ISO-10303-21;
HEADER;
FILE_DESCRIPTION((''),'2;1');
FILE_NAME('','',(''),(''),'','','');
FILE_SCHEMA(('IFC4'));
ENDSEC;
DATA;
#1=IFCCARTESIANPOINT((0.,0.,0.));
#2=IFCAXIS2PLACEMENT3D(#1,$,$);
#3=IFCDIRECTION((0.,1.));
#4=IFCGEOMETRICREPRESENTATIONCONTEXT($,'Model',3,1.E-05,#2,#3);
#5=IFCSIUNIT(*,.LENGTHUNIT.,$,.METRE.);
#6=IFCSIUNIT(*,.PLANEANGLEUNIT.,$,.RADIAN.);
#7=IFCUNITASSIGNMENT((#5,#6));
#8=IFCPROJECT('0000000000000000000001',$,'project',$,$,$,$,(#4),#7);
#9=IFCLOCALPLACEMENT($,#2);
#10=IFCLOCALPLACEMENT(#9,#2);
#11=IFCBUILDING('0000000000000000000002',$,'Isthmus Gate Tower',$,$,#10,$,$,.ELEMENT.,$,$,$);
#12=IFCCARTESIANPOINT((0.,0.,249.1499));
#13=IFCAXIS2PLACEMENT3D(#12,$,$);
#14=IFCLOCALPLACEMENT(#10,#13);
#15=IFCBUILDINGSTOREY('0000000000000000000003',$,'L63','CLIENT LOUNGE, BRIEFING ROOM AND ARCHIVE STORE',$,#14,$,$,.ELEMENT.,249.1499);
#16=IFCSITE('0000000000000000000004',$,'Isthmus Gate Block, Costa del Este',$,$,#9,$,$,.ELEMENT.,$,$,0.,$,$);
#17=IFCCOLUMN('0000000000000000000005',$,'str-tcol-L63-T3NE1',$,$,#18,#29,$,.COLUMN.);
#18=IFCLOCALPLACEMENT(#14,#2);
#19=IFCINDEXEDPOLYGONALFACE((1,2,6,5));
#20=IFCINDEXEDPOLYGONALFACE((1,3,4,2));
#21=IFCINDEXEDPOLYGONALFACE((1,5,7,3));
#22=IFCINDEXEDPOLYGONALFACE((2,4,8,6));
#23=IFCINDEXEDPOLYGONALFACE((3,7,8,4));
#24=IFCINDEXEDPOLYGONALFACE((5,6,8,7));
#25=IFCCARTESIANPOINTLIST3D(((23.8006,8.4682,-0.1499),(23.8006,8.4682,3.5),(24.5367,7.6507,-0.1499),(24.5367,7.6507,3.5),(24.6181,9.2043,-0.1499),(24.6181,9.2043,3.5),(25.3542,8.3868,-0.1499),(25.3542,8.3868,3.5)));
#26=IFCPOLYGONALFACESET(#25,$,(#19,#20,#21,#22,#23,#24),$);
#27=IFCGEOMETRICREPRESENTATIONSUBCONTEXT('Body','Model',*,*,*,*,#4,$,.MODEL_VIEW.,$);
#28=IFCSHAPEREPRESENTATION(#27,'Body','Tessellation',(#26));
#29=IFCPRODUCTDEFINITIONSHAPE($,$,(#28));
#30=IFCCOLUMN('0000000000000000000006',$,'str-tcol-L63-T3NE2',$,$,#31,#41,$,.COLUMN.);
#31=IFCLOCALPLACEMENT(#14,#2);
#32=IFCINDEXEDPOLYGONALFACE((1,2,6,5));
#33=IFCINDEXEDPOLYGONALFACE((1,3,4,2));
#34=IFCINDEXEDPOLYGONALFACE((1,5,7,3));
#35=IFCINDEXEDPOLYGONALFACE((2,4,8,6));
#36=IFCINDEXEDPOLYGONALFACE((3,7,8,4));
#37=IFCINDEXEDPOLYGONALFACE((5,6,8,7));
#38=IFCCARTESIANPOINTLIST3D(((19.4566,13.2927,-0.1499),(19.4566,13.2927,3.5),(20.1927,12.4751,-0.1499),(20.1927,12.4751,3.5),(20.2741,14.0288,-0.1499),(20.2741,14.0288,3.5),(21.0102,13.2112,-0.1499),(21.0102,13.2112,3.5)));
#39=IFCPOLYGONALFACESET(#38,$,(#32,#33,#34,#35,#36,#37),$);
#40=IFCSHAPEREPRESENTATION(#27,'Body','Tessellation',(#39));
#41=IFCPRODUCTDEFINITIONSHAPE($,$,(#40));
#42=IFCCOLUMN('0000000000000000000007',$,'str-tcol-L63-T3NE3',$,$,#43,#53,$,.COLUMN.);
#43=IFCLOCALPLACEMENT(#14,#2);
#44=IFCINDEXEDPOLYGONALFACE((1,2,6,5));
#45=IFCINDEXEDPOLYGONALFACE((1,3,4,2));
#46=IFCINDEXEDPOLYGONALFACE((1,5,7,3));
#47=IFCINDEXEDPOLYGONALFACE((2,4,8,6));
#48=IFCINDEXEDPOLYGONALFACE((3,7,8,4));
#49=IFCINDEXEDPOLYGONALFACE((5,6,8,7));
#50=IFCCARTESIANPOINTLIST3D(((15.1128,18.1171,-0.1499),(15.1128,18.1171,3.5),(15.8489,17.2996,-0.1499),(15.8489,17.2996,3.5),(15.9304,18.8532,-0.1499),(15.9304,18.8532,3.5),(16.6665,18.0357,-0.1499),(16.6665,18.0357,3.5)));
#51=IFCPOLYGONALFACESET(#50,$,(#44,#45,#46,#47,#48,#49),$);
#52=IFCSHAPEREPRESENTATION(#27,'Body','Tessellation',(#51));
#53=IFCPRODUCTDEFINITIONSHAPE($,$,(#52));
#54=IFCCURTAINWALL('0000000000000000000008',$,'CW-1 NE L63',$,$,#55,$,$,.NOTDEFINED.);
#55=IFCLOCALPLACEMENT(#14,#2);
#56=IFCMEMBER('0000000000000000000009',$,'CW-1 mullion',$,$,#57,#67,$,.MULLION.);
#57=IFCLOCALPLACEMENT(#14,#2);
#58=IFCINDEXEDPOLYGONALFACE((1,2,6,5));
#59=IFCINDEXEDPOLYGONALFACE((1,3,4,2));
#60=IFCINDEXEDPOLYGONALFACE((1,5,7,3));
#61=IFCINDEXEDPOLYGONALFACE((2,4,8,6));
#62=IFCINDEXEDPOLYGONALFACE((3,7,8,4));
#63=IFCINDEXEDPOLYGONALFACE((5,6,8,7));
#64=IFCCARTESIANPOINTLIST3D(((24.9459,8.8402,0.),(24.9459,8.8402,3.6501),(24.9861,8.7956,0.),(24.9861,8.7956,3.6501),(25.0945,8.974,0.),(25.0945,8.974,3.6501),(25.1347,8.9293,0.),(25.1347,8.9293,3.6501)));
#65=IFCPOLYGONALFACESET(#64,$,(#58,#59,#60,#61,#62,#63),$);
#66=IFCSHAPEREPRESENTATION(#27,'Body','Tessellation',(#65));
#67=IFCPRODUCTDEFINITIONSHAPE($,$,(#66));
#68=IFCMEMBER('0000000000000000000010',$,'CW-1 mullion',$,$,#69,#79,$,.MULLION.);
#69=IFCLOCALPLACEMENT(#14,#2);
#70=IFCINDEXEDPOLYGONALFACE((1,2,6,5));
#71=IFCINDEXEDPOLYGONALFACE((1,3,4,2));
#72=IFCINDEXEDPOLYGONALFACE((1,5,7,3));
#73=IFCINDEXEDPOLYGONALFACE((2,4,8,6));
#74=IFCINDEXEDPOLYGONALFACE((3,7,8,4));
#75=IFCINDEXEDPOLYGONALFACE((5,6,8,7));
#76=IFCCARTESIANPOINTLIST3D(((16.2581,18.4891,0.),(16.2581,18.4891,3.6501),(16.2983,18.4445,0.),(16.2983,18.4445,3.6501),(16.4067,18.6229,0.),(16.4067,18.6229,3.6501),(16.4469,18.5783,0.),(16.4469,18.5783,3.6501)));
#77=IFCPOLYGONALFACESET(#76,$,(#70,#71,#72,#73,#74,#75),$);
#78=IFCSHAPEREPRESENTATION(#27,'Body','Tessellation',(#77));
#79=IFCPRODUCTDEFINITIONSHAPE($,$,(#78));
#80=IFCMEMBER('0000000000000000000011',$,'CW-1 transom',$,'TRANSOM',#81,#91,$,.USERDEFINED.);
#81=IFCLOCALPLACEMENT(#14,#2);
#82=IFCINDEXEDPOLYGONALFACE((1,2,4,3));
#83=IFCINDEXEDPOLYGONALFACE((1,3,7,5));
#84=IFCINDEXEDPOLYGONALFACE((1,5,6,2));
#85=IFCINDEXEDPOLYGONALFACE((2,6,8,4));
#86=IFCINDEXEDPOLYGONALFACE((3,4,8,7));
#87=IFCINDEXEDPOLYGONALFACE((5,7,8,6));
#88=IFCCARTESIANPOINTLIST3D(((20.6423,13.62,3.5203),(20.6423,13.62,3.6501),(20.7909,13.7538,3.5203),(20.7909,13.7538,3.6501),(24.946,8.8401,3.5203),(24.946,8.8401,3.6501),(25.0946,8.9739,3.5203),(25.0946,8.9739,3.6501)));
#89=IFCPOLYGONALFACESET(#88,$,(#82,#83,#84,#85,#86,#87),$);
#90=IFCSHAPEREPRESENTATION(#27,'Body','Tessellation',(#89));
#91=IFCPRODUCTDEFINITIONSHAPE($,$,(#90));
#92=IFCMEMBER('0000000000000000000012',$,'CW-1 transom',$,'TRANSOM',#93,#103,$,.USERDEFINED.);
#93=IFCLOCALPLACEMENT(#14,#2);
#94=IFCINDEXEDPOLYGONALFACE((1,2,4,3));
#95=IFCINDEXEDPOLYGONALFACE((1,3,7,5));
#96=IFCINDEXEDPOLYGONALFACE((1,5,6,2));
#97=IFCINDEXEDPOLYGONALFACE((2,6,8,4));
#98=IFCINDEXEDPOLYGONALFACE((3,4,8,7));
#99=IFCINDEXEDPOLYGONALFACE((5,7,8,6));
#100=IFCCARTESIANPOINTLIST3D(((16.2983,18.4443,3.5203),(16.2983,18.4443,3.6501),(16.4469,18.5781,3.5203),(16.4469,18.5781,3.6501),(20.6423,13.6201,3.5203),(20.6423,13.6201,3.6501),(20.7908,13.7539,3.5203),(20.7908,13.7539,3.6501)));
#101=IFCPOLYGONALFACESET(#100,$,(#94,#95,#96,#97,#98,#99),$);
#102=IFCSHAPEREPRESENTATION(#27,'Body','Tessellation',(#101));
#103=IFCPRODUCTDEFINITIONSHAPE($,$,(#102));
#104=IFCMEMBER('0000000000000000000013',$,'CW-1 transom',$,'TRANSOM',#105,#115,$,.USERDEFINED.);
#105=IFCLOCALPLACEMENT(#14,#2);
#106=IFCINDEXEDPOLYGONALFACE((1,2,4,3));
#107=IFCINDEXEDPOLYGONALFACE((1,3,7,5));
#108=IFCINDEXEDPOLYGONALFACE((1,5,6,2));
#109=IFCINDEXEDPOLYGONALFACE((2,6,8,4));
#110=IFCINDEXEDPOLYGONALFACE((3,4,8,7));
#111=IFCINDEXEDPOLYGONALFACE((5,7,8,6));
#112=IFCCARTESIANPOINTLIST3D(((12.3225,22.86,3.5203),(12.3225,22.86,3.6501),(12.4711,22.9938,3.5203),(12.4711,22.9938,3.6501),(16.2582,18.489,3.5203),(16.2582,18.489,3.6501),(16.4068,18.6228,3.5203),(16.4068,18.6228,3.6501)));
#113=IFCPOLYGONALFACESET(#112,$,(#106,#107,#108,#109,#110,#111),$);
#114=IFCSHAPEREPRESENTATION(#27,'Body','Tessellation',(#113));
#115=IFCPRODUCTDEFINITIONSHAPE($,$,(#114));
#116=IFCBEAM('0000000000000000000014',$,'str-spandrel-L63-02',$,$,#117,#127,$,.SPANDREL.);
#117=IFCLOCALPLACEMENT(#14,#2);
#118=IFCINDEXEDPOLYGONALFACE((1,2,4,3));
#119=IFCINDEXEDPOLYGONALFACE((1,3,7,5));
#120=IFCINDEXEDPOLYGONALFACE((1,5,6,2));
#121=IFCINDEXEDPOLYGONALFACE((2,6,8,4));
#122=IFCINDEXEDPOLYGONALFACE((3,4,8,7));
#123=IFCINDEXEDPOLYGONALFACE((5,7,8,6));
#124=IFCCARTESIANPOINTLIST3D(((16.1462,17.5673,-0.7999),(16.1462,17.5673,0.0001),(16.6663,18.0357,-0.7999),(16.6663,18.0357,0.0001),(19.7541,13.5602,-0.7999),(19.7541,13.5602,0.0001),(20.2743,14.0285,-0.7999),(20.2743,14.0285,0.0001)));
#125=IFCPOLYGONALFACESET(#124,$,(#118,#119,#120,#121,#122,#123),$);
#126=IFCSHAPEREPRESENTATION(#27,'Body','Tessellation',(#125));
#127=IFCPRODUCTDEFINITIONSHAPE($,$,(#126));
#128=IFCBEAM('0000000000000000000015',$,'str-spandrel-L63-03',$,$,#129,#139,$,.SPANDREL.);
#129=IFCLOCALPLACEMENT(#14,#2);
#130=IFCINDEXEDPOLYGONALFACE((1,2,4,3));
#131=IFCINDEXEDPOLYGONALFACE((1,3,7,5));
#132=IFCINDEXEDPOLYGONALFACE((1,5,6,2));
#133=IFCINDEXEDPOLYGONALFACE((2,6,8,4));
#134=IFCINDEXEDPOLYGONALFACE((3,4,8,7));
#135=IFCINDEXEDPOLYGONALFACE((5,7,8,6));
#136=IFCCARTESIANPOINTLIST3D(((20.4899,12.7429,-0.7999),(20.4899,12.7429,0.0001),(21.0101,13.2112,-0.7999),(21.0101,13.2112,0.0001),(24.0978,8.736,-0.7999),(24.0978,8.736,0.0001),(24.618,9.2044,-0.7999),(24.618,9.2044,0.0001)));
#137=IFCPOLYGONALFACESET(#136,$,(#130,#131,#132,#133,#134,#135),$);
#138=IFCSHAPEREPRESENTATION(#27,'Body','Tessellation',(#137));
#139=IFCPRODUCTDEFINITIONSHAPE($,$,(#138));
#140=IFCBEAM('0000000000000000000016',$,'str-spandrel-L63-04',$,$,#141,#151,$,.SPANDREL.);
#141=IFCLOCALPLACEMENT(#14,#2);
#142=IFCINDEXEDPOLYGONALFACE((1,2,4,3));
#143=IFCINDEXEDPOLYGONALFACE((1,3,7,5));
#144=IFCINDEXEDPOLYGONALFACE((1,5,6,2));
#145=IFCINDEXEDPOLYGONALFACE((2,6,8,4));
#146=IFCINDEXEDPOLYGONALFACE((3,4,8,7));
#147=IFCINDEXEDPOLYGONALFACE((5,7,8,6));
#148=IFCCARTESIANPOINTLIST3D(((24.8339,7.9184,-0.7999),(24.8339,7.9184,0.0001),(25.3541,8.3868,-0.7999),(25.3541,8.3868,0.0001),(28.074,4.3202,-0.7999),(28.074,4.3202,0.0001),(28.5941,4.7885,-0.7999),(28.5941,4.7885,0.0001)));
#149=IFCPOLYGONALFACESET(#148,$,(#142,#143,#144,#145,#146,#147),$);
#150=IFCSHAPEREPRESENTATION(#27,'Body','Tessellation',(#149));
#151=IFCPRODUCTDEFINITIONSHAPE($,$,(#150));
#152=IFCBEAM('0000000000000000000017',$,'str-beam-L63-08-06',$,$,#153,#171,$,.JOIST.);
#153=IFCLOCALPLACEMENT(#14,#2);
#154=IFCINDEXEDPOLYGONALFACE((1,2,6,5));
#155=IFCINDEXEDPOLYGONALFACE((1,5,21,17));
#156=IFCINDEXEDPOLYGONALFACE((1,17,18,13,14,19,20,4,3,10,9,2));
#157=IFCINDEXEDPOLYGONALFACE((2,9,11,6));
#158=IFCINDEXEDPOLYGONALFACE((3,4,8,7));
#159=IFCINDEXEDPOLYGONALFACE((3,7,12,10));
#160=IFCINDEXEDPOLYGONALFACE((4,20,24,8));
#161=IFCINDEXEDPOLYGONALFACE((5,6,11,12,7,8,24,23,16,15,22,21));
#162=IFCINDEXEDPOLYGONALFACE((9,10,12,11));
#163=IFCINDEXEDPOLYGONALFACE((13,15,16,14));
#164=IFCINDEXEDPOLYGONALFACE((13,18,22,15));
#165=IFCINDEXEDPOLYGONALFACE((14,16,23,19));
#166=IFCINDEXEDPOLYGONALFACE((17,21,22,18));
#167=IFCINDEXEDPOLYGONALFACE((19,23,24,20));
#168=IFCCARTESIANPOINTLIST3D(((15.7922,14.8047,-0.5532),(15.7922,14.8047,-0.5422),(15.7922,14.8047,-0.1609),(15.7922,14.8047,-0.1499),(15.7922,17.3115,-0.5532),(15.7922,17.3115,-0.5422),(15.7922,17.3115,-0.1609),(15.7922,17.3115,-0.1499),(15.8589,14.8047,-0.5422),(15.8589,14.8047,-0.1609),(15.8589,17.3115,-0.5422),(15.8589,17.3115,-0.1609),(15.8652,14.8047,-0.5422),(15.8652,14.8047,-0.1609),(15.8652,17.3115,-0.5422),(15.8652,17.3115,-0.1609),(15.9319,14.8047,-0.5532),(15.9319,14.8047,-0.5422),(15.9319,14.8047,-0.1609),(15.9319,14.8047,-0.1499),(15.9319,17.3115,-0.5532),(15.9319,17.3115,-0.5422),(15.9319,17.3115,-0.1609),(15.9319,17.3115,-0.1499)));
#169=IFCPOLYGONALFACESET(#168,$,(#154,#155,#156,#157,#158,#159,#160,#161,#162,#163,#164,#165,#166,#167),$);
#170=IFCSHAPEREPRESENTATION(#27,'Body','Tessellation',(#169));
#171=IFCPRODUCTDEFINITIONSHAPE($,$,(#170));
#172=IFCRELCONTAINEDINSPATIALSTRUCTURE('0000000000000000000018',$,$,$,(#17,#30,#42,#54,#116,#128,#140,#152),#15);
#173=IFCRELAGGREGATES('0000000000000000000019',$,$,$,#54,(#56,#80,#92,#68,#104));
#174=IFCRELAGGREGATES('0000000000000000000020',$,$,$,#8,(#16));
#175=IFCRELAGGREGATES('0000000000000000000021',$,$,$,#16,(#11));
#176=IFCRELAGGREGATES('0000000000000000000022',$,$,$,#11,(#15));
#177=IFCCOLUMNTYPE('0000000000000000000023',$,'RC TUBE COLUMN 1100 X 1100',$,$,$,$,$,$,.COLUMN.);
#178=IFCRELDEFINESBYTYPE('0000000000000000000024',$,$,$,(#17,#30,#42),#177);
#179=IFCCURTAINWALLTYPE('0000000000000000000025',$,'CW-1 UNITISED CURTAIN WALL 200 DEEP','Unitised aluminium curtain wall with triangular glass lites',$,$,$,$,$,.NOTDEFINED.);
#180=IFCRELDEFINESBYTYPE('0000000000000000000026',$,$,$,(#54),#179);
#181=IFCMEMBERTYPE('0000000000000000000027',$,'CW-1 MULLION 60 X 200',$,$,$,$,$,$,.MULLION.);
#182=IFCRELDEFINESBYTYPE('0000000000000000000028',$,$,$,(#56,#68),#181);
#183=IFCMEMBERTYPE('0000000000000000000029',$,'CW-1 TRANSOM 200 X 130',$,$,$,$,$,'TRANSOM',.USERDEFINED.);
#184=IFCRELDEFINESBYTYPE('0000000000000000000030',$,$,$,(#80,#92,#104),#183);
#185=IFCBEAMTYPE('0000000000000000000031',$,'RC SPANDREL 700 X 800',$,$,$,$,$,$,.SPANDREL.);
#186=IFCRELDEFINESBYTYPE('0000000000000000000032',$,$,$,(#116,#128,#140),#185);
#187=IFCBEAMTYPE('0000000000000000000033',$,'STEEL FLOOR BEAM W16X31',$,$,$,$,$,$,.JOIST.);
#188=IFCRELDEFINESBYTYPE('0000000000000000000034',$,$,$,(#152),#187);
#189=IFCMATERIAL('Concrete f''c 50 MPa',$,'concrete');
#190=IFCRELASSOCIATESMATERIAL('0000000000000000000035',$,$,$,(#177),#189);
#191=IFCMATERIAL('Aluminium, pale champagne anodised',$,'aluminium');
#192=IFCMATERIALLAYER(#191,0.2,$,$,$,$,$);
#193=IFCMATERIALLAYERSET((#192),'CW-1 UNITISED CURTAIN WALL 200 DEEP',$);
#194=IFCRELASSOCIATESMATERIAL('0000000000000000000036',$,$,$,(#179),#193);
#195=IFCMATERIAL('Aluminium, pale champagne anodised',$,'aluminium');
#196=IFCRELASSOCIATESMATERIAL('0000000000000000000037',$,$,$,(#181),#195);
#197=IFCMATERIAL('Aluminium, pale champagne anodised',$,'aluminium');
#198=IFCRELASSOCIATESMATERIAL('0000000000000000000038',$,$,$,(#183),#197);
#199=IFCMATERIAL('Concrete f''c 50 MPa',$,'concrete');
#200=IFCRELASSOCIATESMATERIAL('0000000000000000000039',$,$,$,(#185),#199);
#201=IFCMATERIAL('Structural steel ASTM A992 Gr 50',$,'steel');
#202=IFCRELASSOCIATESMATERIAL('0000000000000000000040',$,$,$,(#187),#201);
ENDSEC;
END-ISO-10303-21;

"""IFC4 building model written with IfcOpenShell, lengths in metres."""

from ifc_helpers import new_model, si_unit, direction, frame, origin, origin_2d, place, context, subcontext, project, spatial, rectangle, i_section, extrude, material, layer, layer_set, material_profile, profile_set, type_object, element, aggregate, save


model = new_model("IFC4")

# Units and contexts
model_context = context("Model", 3, precision=1e-05, world=origin(), true_north=direction((0.0, 1.0)))
body_context = subcontext(model_context, "Body", "Model", "MODEL_VIEW")
ifc_project = project(units=[si_unit("LENGTHUNIT", "METRE"), si_unit("PLANEANGLEUNIT", "RADIAN")], contexts=[model_context])

# Site, building, storey
site_placement = place(None, origin())
site = spatial("IfcSite", under=ifc_project, at=site_placement, Name="Isthmus Gate Block, Costa del Este", CompositionType="ELEMENT", RefElevation=0.0)
building_placement = place(site_placement, origin())
building = spatial("IfcBuilding", under=site, at=building_placement, Name="Isthmus Gate Tower", CompositionType="ELEMENT")
storey_placement = place(building_placement, frame((0.0, 0.0, 249.1499)))
storey = spatial("IfcBuildingStorey", under=building, at=storey_placement, Name="L63", Description="CLIENT LOUNGE, BRIEFING ROOM AND ARCHIVE STORE", CompositionType="ELEMENT", Elevation=249.1499)

# Columns
ifc_material_1 = material(Name="Concrete f'c 50 MPa", Category="concrete")
ifc_material_profile_1 = material_profile(ifc_material_1, rectangle(XDim=1.1001, YDim=1.1001, at=origin_2d()), Name="RC 1100X1100")
ifc_profile_set_1 = profile_set([ifc_material_profile_1], Name="Concrete f'c 50 MPa")
column_type = type_object("IfcColumnType", Name="RC TUBE COLUMN 1100 X 1100", PredefinedType="COLUMN", material=ifc_profile_set_1)
for number, where, z_axis, x_axis, name in (
    (1, (24.5774, 8.4275, -0.1499), (0.0, 0.0, 1.0), (-0.669131, 0.743145, 0.0), "str-tcol-L63-T3NE1"),
    (2, (20.2334, 13.252, -0.1499), (0.0, 0.0, 1.0), (-0.669131, 0.743145, 0.0), "str-tcol-L63-T3NE2"),
    (3, (15.8896, 18.0764, -0.1499), (0.0, 0.0, 1.0), (-0.669131, 0.743145, 0.0), "str-tcol-L63-T3NE3"),
):
    element("IfcColumn", number, at=place(storey_placement, frame(where, z_axis=z_axis, x_axis=x_axis)), inside=storey, type_object=column_type, Name=name, PredefinedType="COLUMN", context=body_context, shape_type="SweptSolid", body=[
        extrude(rectangle(XDim=1.1001, YDim=1.1001, at=origin_2d()), origin(), (0.0, 0.0, 1.0), 3.6499),
    ])

# Curtain wall, members
ifc_material_2 = material(Name="Aluminium, pale champagne anodised", Category="aluminium")
ifc_layer_1 = layer(ifc_material_2, 0.2)
ifc_layer_set_1 = layer_set([ifc_layer_1], Name="CW-1 UNITISED CURTAIN WALL 200 DEEP")
curtain_wall_type = type_object("IfcCurtainWallType", Name="CW-1 UNITISED CURTAIN WALL 200 DEEP", Description="Unitised aluminium curtain wall with triangular glass lites", PredefinedType="NOTDEFINED", material=ifc_layer_set_1)
curtain_wall_placement = place(storey_placement, origin())
curtain_wall = element("IfcCurtainWall", 4, at=curtain_wall_placement, inside=storey, type_object=curtain_wall_type, Name="CW-1 NE L63", PredefinedType="NOTDEFINED")
ifc_material_3 = material(Name="Aluminium, pale champagne anodised", Category="aluminium")
ifc_material_profile_2 = material_profile(ifc_material_3, rectangle(XDim=0.0601, YDim=0.2, at=origin_2d()), Name="60x200")
ifc_profile_set_2 = profile_set([ifc_material_profile_2], Name="Aluminium, pale champagne anodised")
member_type_1 = type_object("IfcMemberType", Name="CW-1 MULLION 60 X 200", PredefinedType="MULLION", material=ifc_profile_set_2)
member_1_placement = place(storey_placement, frame((25.0403, 8.8848, 0.0), z_axis=(0.0, 0.0, 1.0), x_axis=(-0.669131, 0.743145, 0.0)))
member_1 = element("IfcMember", 5, at=member_1_placement, type_object=member_type_1, Name="CW-1 mullion", PredefinedType="MULLION", context=body_context, shape_type="SweptSolid", body=[
    extrude(rectangle(XDim=0.0601, YDim=0.2, at=origin_2d()), origin(), (0.0, 0.0, 1.0), 3.6501),
])
member_2_placement = place(storey_placement, frame((16.3525, 18.5337, 0.0), z_axis=(0.0, 0.0, 1.0), x_axis=(-0.669131, 0.743145, 0.0)))
member_2 = element("IfcMember", 6, at=member_2_placement, type_object=member_type_1, Name="CW-1 mullion", PredefinedType="MULLION", context=body_context, shape_type="SweptSolid", body=[
    extrude(rectangle(XDim=0.0601, YDim=0.2, at=origin_2d()), origin(), (0.0, 0.0, 1.0), 3.6501),
])
ifc_material_4 = material(Name="Aluminium, pale champagne anodised", Category="aluminium")
ifc_material_profile_3 = material_profile(ifc_material_4, rectangle(XDim=0.2, YDim=0.1299, at=origin_2d()), Name="200x130")
ifc_profile_set_3 = profile_set([ifc_material_profile_3], Name="Aluminium, pale champagne anodised")
member_type_2 = type_object("IfcMemberType", Name="CW-1 TRANSOM 200 X 130", ElementType="TRANSOM", PredefinedType="USERDEFINED", material=ifc_profile_set_3)
member_3_placement = place(storey_placement, frame((25.0203, 8.907, 3.5852), z_axis=(-0.669109, 0.743164, 0.0), x_axis=(-0.743164, -0.669109, 0.0)))
member_3 = element("IfcMember", 7, at=member_3_placement, type_object=member_type_2, Name="CW-1 transom", ObjectType="TRANSOM", PredefinedType="USERDEFINED", context=body_context, shape_type="SweptSolid", body=[
    extrude(rectangle(XDim=0.2, YDim=0.1299, at=origin_2d()), origin(), (0.0, 0.0, 1.0), 6.4319),
])
member_4_placement = place(storey_placement, frame((20.7166, 13.687, 3.5852), z_axis=(-0.669152, 0.743126, 0.0), x_axis=(-0.743126, -0.669152, 0.0)))
member_4 = element("IfcMember", 8, at=member_4_placement, type_object=member_type_2, Name="CW-1 transom", ObjectType="TRANSOM", PredefinedType="USERDEFINED", context=body_context, shape_type="SweptSolid", body=[
    extrude(rectangle(XDim=0.2, YDim=0.1299, at=origin_2d()), origin(), (0.0, 0.0, 1.0), 6.4917),
])
member_5_placement = place(storey_placement, frame((16.3325, 18.5559, 3.5852), z_axis=(-0.669134, 0.743141, 0.0), x_axis=(-0.743141, -0.669134, 0.0)))
member_5 = element("IfcMember", 9, at=member_5_placement, type_object=member_type_2, Name="CW-1 transom", ObjectType="TRANSOM", PredefinedType="USERDEFINED", context=body_context, shape_type="SweptSolid", body=[
    extrude(rectangle(XDim=0.2, YDim=0.1299, at=origin_2d()), origin(), (0.0, 0.0, 1.0), 5.8818),
])

# Beams
ifc_material_5 = material(Name="Concrete f'c 50 MPa", Category="concrete")
ifc_material_profile_4 = material_profile(ifc_material_5, rectangle(XDim=0.7, YDim=0.8, at=origin_2d()), Name="RC 700X800")
ifc_profile_set_4 = profile_set([ifc_material_profile_4], Name="Concrete f'c 50 MPa")
beam_type_1 = type_object("IfcBeamType", Name="RC SPANDREL 700 X 800", PredefinedType="SPANDREL", material=ifc_profile_set_4)
beam_1_placement = place(storey_placement, frame((16.4062, 17.8015, -0.3999), z_axis=(0.669122, -0.743152, 0.0), x_axis=(0.743152, 0.669122, 0.0)))
element("IfcBeam", 10, at=beam_1_placement, inside=storey, type_object=beam_type_1, Name="str-spandrel-L63-02", PredefinedType="SPANDREL", context=body_context, shape_type="SweptSolid", body=[
    extrude(rectangle(XDim=0.7, YDim=0.8, at=origin_2d()), origin(), (0.0, 0.0, 1.0), 5.3921),
])
beam_2_placement = place(storey_placement, frame((20.75, 12.9771, -0.3999), z_axis=(0.669145, -0.743132, 0.0), x_axis=(0.743132, 0.669145, 0.0)))
element("IfcBeam", 11, at=beam_2_placement, inside=storey, type_object=beam_type_1, Name="str-spandrel-L63-03", PredefinedType="SPANDREL", context=body_context, shape_type="SweptSolid", body=[
    extrude(rectangle(XDim=0.7, YDim=0.8, at=origin_2d()), origin(), (0.0, 0.0, 1.0), 5.3918),
])
beam_3_placement = place(storey_placement, frame((25.094, 8.1526, -0.3999), z_axis=(0.669154, -0.743124, 0.0), x_axis=(0.743124, 0.669154, 0.0)))
element("IfcBeam", 12, at=beam_3_placement, inside=storey, type_object=beam_type_1, Name="str-spandrel-L63-04", PredefinedType="SPANDREL", context=body_context, shape_type="SweptSolid", body=[
    extrude(rectangle(XDim=0.7, YDim=0.8, at=origin_2d()), origin(), (0.0, 0.0, 1.0), 4.842),
])
ifc_material_6 = material(Name="Structural steel ASTM A992 Gr 50", Category="steel")
ifc_material_profile_5 = material_profile(ifc_material_6, i_section(OverallWidth=0.1396, OverallDepth=0.4033, WebThickness=0.0063, FlangeThickness=0.011, at=origin_2d()), Name="W16X31")
ifc_profile_set_5 = profile_set([ifc_material_profile_5], Name="Structural steel ASTM A992 Gr 50")
beam_type_2 = type_object("IfcBeamType", Name="STEEL FLOOR BEAM W16X31", PredefinedType="JOIST", material=ifc_profile_set_5)
beam_4_placement = place(storey_placement, frame((15.8621, 14.8047, -0.3516), z_axis=(0.0, 1.0, 0.0), x_axis=(-1.0, 0.0, 0.0)))
element("IfcBeam", 13, at=beam_4_placement, inside=storey, type_object=beam_type_2, Name="str-beam-L63-08-06", PredefinedType="JOIST", context=body_context, shape_type="SweptSolid", body=[
    extrude(i_section(OverallWidth=0.1396, OverallDepth=0.4033, WebThickness=0.0063, FlangeThickness=0.011, at=origin_2d()), origin(), (0.0, 0.0, 1.0), 2.5068),
])

aggregate(curtain_wall, [member_1, member_3, member_4, member_2, member_5])

save(model, "model.ifc")
